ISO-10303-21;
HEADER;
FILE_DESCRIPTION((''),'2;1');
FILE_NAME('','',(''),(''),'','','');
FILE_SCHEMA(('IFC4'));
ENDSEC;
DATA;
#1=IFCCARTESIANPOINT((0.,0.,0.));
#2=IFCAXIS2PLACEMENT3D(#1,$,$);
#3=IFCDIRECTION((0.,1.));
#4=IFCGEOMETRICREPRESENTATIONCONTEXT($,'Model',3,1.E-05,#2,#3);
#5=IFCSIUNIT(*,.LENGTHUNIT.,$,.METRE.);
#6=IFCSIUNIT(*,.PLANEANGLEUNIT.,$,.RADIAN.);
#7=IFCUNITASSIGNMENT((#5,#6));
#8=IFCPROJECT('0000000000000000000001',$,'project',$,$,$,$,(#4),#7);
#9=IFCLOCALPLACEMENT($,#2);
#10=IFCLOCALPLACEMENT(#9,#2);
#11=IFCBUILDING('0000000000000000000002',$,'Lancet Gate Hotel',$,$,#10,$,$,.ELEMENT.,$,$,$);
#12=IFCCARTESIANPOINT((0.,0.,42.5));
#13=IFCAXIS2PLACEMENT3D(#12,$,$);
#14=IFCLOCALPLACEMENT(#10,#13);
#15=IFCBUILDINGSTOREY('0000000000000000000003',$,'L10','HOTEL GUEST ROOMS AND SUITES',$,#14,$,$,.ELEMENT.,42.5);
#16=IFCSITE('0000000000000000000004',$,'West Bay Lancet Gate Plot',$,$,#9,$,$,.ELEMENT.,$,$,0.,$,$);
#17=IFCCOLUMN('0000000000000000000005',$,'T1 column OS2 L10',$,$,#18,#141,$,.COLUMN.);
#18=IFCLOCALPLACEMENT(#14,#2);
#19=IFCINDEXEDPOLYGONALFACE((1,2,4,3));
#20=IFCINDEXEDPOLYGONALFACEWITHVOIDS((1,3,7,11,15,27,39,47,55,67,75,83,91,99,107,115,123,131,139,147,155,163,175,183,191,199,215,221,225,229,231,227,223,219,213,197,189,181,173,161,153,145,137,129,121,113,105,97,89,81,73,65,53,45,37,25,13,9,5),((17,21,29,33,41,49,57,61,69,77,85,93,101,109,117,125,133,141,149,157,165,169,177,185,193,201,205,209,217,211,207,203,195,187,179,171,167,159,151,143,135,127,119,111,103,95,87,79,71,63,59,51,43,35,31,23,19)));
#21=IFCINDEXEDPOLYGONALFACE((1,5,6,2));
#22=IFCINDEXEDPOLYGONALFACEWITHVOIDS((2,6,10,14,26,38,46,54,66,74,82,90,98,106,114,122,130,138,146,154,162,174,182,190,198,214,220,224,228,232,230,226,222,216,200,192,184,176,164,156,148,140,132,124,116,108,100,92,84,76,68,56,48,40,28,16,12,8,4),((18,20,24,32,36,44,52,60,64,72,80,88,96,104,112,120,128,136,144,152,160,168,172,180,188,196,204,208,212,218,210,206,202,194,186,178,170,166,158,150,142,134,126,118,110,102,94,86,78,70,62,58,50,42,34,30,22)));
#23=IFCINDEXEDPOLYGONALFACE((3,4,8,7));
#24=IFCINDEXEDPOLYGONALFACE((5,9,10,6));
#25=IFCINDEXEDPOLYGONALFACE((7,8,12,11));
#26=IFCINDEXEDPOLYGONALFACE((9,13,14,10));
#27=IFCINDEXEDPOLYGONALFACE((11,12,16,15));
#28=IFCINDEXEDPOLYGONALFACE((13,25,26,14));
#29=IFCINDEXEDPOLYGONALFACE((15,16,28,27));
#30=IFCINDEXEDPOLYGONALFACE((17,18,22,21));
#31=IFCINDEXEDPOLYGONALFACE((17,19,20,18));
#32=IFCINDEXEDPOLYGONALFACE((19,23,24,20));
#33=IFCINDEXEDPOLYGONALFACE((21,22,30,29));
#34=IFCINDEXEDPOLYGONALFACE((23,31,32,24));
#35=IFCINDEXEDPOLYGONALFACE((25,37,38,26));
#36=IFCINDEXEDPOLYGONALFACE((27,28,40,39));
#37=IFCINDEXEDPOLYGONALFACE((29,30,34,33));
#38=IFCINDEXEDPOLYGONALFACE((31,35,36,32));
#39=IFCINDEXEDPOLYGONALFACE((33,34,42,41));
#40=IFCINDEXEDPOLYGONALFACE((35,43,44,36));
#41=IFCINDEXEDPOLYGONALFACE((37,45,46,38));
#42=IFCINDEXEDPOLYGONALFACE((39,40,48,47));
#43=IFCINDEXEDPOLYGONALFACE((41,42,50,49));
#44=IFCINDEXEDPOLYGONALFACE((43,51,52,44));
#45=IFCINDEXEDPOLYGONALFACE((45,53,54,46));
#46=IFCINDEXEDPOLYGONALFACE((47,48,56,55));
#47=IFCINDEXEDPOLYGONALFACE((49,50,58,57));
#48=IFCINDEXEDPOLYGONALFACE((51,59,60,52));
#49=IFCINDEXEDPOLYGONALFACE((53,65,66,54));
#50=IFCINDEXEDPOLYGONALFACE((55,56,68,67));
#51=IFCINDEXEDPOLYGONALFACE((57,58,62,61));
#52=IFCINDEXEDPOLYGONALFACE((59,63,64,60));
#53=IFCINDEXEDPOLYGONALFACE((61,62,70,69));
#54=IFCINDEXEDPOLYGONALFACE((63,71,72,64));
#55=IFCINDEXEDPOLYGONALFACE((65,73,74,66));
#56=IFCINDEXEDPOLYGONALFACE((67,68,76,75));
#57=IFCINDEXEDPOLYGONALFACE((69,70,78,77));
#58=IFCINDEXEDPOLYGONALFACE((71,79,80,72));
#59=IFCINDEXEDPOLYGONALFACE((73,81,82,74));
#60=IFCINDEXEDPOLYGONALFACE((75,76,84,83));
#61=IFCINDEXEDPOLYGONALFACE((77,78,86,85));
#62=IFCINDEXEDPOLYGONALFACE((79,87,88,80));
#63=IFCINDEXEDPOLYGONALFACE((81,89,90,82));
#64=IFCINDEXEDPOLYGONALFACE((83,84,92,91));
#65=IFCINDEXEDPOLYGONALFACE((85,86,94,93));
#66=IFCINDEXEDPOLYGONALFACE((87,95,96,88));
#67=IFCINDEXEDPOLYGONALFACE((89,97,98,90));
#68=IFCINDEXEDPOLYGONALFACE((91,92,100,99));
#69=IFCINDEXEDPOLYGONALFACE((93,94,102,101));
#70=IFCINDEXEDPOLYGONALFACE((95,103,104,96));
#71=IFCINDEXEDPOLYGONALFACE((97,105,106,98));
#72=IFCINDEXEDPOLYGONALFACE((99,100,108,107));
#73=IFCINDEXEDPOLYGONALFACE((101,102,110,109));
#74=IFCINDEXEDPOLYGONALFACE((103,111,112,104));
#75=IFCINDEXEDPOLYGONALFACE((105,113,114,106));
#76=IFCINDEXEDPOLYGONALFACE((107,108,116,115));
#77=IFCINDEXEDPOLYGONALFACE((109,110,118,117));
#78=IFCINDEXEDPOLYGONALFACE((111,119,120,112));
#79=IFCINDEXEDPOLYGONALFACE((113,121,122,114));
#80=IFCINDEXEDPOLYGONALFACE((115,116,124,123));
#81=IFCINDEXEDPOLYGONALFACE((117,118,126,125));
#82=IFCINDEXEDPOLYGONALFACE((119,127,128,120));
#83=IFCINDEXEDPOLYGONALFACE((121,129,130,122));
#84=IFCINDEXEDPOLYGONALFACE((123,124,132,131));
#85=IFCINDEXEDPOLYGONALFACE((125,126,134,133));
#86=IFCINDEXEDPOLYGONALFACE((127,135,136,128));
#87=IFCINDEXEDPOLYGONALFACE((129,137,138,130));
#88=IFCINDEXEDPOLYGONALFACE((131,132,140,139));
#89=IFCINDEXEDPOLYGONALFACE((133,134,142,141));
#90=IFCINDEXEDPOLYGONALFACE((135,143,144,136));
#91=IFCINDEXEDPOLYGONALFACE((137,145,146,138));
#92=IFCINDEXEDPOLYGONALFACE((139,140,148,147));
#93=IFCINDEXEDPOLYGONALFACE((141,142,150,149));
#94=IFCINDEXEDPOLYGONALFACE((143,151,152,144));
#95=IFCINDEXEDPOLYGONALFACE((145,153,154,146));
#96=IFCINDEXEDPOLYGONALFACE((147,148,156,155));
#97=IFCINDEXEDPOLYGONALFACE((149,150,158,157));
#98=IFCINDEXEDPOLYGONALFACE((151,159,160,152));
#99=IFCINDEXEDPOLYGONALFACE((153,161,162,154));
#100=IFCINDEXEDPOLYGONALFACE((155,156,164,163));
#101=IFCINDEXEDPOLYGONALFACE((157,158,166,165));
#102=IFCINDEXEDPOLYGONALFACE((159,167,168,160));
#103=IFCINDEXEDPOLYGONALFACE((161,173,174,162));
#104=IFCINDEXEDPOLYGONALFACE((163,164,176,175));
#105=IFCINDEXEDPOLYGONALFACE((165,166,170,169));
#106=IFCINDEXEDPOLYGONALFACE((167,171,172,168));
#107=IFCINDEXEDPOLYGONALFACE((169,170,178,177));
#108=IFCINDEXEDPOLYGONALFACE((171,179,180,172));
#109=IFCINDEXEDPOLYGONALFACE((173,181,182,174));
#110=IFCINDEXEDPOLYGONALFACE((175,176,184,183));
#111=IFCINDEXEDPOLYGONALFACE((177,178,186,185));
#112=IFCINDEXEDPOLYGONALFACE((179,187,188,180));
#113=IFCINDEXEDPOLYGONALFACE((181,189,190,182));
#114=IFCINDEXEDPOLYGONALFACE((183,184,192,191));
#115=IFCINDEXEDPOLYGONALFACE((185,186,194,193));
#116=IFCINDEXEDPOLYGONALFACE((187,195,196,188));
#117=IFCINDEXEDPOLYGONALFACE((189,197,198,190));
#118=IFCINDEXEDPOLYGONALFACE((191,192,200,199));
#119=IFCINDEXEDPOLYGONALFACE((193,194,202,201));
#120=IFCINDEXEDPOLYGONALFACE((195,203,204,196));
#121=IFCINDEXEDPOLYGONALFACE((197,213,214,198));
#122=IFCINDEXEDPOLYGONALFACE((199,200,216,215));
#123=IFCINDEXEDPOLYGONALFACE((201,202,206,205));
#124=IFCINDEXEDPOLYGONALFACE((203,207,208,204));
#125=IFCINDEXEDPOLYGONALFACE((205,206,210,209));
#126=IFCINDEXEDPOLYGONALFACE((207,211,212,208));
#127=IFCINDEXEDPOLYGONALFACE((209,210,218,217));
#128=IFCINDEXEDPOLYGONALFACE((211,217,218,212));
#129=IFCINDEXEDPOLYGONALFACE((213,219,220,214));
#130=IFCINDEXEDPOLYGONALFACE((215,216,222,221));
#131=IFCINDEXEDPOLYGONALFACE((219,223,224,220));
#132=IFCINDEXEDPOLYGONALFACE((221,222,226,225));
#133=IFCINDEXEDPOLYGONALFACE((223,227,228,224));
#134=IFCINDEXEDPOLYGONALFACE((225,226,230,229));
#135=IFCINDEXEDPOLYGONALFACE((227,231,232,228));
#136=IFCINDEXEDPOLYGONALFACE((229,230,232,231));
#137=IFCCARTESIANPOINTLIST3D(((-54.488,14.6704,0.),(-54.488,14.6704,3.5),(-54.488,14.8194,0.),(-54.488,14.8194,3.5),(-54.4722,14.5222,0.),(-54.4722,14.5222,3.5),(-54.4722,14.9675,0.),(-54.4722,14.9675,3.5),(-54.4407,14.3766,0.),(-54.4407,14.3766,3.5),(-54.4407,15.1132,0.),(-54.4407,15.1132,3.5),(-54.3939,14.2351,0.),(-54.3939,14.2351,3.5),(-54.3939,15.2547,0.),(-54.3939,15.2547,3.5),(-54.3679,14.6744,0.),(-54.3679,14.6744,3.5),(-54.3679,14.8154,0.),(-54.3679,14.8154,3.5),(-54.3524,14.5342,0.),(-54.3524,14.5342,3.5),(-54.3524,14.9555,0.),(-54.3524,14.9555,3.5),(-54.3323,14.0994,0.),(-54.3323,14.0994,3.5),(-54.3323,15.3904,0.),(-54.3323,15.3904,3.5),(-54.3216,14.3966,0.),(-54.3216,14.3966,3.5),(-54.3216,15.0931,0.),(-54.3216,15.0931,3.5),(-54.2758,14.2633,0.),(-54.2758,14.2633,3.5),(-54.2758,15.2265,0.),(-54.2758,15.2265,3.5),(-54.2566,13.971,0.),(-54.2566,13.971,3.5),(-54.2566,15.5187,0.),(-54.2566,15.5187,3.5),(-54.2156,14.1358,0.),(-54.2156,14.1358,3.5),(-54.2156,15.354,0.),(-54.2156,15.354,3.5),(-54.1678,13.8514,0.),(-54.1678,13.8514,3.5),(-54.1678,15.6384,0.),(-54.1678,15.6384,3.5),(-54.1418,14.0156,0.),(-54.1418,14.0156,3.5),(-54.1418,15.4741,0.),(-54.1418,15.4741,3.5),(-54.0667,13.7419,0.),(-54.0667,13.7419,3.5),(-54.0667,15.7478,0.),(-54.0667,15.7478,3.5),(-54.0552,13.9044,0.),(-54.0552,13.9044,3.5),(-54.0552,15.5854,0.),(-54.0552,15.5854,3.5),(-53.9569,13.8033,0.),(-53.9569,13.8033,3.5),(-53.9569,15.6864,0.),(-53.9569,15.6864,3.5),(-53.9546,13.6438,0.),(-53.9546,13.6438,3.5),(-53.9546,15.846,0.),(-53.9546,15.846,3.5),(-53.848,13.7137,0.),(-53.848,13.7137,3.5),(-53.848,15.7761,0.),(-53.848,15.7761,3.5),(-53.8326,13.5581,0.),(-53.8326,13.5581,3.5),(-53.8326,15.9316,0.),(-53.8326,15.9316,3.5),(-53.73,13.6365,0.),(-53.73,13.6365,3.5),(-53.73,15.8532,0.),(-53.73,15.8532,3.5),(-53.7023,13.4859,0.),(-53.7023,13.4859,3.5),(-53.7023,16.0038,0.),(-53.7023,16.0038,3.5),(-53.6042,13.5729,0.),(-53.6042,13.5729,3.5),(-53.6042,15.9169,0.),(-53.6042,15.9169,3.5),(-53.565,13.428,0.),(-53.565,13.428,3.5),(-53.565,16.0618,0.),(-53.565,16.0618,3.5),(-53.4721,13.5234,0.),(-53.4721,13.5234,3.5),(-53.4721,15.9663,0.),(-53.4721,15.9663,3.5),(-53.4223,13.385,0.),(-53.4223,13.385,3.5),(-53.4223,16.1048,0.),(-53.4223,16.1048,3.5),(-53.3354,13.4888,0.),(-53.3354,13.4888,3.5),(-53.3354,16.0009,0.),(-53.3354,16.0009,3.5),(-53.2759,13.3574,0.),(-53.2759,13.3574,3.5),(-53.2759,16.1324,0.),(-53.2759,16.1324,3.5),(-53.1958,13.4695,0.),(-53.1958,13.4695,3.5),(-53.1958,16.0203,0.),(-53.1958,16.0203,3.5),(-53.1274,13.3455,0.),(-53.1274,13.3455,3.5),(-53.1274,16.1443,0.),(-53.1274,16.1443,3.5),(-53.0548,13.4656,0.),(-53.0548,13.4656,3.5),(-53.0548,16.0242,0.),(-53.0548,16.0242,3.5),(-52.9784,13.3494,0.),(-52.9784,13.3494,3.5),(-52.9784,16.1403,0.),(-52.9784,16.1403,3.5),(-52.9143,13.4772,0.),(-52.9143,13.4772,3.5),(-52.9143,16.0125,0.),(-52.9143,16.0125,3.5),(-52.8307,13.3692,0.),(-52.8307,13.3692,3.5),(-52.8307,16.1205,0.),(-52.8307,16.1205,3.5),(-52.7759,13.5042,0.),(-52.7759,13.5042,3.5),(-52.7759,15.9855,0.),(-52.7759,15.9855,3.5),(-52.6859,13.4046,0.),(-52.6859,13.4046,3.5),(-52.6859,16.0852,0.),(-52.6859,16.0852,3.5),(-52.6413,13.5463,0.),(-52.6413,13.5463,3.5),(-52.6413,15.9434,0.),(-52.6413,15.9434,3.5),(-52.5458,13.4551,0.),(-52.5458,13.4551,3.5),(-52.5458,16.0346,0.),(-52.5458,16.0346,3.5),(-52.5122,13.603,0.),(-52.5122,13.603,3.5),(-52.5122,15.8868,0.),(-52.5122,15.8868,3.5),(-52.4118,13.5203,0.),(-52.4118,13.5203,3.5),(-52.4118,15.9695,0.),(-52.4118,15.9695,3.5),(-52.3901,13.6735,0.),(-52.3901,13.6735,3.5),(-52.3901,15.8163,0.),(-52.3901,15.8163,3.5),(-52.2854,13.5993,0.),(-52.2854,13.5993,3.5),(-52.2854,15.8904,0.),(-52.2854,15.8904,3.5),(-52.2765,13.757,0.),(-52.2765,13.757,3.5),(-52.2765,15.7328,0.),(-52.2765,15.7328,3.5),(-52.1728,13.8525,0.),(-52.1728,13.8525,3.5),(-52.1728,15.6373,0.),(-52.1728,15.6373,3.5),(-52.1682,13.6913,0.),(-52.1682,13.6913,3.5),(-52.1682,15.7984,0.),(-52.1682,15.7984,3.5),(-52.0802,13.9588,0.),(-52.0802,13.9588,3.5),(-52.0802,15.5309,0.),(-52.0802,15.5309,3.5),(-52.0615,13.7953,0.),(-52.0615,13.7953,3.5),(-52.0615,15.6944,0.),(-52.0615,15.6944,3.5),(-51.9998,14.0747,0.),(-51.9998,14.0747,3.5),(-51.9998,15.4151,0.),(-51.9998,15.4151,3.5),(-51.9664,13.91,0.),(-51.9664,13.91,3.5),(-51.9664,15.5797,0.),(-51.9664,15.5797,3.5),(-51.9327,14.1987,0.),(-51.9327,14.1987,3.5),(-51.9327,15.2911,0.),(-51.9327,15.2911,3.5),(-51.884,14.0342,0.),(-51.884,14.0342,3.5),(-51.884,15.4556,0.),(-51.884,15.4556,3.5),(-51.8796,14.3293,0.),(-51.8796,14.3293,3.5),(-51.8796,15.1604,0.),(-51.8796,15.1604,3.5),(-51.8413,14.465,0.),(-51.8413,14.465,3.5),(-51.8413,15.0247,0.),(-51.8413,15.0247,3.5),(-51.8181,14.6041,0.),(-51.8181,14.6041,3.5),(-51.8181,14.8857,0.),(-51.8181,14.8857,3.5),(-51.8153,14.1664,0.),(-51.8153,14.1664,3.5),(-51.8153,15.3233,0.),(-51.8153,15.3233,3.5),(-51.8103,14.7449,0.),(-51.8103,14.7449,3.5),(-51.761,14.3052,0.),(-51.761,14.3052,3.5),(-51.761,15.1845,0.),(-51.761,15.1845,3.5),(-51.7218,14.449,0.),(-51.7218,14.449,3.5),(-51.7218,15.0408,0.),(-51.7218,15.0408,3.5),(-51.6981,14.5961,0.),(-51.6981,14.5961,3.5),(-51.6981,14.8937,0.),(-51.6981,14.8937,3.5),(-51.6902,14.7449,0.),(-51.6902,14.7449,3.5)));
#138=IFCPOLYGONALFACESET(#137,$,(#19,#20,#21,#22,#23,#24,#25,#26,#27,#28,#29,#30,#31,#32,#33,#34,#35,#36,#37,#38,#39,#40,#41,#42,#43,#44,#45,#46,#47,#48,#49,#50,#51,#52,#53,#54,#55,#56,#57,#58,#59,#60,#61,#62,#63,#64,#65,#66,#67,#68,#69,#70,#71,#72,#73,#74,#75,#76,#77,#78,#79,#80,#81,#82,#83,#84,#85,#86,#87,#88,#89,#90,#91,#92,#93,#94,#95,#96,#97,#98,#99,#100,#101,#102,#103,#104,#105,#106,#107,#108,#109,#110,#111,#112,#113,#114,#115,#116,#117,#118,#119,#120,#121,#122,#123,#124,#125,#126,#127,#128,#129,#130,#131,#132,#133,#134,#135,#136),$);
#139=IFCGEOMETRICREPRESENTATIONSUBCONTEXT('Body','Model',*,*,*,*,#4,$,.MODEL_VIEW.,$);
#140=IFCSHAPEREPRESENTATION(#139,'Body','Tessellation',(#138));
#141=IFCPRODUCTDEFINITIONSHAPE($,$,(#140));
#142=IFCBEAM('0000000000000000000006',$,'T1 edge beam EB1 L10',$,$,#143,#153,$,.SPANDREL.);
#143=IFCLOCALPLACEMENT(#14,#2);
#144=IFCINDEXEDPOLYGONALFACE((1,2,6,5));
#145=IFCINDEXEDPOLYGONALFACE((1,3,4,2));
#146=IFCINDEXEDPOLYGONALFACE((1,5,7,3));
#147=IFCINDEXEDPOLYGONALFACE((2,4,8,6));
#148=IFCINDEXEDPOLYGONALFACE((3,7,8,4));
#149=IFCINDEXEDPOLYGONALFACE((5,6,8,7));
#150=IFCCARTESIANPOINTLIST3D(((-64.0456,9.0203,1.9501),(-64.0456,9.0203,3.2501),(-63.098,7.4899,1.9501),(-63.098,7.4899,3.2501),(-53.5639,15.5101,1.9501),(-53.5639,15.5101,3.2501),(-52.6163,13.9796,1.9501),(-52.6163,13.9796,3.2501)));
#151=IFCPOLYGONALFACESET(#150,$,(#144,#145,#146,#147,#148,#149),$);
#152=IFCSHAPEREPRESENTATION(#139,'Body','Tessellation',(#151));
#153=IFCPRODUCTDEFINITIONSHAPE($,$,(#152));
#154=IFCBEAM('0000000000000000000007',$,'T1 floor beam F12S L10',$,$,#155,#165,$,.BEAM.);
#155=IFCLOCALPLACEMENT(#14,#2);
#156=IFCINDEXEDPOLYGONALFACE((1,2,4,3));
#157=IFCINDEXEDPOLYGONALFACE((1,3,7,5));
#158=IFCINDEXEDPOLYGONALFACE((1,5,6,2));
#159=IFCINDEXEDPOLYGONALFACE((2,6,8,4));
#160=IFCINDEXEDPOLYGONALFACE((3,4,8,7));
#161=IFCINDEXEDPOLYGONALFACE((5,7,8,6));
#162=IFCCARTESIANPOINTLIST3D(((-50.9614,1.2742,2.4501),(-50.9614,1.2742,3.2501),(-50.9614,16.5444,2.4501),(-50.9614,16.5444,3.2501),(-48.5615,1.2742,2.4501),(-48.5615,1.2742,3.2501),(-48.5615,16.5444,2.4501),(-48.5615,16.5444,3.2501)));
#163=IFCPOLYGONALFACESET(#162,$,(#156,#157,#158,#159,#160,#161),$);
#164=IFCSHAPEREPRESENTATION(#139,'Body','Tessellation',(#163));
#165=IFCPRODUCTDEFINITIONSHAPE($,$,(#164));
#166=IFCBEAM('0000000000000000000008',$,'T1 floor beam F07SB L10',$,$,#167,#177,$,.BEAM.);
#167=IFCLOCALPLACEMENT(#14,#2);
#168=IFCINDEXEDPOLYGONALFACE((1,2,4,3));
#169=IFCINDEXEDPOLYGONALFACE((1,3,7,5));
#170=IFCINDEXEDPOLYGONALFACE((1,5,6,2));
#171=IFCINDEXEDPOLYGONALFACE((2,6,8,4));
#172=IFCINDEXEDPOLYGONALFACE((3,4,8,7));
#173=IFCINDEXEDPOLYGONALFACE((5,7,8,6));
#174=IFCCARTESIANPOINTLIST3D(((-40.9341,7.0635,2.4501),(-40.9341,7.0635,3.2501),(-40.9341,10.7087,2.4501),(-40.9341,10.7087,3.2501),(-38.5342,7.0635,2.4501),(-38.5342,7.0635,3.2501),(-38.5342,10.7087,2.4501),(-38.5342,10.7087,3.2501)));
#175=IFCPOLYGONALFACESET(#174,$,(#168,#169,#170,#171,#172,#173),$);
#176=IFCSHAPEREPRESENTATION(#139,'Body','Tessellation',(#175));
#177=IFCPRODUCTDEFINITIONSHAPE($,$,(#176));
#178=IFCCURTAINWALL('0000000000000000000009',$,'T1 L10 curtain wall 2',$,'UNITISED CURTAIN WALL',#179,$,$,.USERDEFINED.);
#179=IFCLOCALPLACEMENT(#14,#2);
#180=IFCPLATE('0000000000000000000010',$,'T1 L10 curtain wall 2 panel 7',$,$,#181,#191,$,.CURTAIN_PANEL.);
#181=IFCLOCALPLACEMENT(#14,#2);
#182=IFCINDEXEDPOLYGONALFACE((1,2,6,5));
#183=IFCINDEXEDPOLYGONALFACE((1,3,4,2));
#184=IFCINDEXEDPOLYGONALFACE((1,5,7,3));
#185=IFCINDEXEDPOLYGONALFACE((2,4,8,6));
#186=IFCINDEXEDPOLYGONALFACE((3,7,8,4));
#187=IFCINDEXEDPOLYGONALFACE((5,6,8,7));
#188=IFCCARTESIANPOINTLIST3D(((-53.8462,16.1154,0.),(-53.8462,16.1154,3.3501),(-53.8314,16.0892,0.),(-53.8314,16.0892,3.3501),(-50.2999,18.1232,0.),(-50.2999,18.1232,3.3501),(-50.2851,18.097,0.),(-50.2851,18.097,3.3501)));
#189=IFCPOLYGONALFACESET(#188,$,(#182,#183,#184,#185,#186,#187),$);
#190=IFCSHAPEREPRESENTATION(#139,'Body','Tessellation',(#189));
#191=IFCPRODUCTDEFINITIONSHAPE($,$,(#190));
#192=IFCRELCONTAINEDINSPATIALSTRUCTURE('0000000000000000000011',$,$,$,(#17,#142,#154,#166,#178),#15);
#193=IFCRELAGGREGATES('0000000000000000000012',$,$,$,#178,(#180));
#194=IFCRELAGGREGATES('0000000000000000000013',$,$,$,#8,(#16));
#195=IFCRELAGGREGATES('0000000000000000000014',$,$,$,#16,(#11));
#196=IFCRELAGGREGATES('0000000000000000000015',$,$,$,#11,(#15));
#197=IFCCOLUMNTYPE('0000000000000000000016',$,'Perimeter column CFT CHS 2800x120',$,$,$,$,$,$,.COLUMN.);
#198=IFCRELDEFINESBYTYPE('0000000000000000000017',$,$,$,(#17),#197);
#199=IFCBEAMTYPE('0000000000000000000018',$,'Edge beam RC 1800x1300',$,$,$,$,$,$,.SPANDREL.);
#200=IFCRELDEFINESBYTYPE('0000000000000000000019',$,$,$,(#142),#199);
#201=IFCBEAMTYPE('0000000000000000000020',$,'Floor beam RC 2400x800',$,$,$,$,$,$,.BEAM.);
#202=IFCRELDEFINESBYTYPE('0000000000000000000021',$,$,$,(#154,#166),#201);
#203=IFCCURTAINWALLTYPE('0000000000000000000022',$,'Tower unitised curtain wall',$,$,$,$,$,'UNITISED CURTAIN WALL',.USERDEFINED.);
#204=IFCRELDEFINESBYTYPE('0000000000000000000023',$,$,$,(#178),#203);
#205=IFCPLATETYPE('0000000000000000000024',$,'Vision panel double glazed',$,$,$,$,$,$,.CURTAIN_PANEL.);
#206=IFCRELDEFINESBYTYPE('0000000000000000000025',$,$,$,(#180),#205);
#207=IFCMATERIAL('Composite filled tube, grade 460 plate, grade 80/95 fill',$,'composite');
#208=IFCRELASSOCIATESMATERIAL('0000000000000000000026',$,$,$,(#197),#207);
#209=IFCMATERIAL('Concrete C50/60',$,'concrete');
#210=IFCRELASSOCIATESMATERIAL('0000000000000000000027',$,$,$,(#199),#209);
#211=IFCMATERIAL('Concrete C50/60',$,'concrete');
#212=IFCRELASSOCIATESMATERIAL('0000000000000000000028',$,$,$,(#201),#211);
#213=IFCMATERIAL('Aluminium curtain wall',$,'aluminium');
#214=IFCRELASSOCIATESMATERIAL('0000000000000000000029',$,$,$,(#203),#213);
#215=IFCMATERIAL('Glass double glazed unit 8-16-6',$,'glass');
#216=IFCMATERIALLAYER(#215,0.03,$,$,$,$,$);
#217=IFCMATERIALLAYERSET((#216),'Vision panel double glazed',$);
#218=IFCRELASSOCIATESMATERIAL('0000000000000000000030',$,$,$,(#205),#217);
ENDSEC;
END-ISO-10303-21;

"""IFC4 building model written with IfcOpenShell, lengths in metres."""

from ifc_helpers import new_model, si_unit, direction, frame, origin, origin_2d, place, context, subcontext, project, spatial, rectangle, hollow_circle, extrude, material, layer, layer_set, material_profile, profile_set, type_object, element, aggregate, save


model = new_model("IFC4")

# Units and contexts
model_context = context("Model", 3, precision=1e-05, world=origin(), true_north=direction((0.0, 1.0)))
body_context = subcontext(model_context, "Body", "Model", "MODEL_VIEW")
ifc_project = project(units=[si_unit("LENGTHUNIT", "METRE"), si_unit("PLANEANGLEUNIT", "RADIAN")], contexts=[model_context])

# Site, building, storey
site_placement = place(None, origin())
site = spatial("IfcSite", under=ifc_project, at=site_placement, Name="West Bay Lancet Gate Plot", CompositionType="ELEMENT", RefElevation=0.0)
building_placement = place(site_placement, origin())
building = spatial("IfcBuilding", under=site, at=building_placement, Name="Lancet Gate Hotel", CompositionType="ELEMENT")
storey_placement = place(building_placement, frame((0.0, 0.0, 42.5)))
storey = spatial("IfcBuildingStorey", under=building, at=storey_placement, Name="L10", Description="HOTEL GUEST ROOMS AND SUITES", CompositionType="ELEMENT", Elevation=42.5)

# Column
ifc_material_1 = material(Name="Composite filled tube, grade 460 plate, grade 80/95 fill", Category="composite")
ifc_material_profile_1 = material_profile(ifc_material_1, hollow_circle(Radius=1.3999, WallThickness=0.1201, at=origin_2d()), Name="CHS 2800x120")
ifc_profile_set_1 = profile_set([ifc_material_profile_1], Name="Composite filled tube, grade 460 plate, grade 80/95 fill")
column_type = type_object("IfcColumnType", Name="Perimeter column CFT CHS 2800x120", PredefinedType="COLUMN", material=ifc_profile_set_1)
column_placement = place(storey_placement, frame((-53.0901, 14.7449, 0.0), z_axis=(0.0, 0.0, 1.0), x_axis=(1.0, 0.0, 0.0)))
element("IfcColumn", 1, at=column_placement, inside=storey, type_object=column_type, Name="T1 column OS2 L10", PredefinedType="COLUMN", context=body_context, shape_type="SweptSolid", body=[
    extrude(hollow_circle(Radius=1.3999, WallThickness=0.1201, at=origin_2d()), origin(), (0.0, 0.0, 1.0), 3.5),
])

# Beams
ifc_material_2 = material(Name="Concrete C50/60", Category="concrete")
ifc_material_profile_2 = material_profile(ifc_material_2, rectangle(XDim=1.8, YDim=1.3, at=origin_2d()), Name="RC 1800x1300")
ifc_profile_set_2 = profile_set([ifc_material_profile_2], Name="Concrete C50/60")
beam_type_1 = type_object("IfcBeamType", Name="Edge beam RC 1800x1300", PredefinedType="SPANDREL", material=ifc_profile_set_2)
beam_1_placement = place(storey_placement, frame((-53.0901, 14.7449, 2.6001), z_axis=(-0.850226, -0.526418, 0.0), x_axis=(0.526418, -0.850226, 0.0)))
element("IfcBeam", 2, at=beam_1_placement, inside=storey, type_object=beam_type_1, Name="T1 edge beam EB1 L10", PredefinedType="SPANDREL", context=body_context, shape_type="SweptSolid", body=[
    extrude(rectangle(XDim=1.8, YDim=1.3, at=origin_2d()), origin(), (0.0, 0.0, 1.0), 12.3281),
])
ifc_material_3 = material(Name="Concrete C50/60", Category="concrete")
ifc_material_profile_3 = material_profile(ifc_material_3, rectangle(XDim=2.3999, YDim=0.8, at=origin_2d()), Name="RC 2400x800")
ifc_profile_set_3 = profile_set([ifc_material_profile_3], Name="Concrete C50/60")
beam_type_2 = type_object("IfcBeamType", Name="Floor beam RC 2400x800", PredefinedType="BEAM", material=ifc_profile_set_3)
beam_2_placement = place(storey_placement, frame((-49.7615, 16.5444, 2.8501), z_axis=(0.0, -1.0, 0.0), x_axis=(1.0, 0.0, 0.0)))
element("IfcBeam", 3, at=beam_2_placement, inside=storey, type_object=beam_type_2, Name="T1 floor beam F12S L10", PredefinedType="BEAM", context=body_context, shape_type="SweptSolid", body=[
    extrude(rectangle(XDim=2.3999, YDim=0.8, at=origin_2d()), origin(), (0.0, 0.0, 1.0), 15.2703),
])
beam_3_placement = place(storey_placement, frame((-39.7341, 10.7087, 2.8501), z_axis=(0.0, -1.0, 0.0), x_axis=(1.0, 0.0, 0.0)))
element("IfcBeam", 4, at=beam_3_placement, inside=storey, type_object=beam_type_2, Name="T1 floor beam F07SB L10", PredefinedType="BEAM", context=body_context, shape_type="SweptSolid", body=[
    extrude(rectangle(XDim=2.3999, YDim=0.8, at=origin_2d()), origin(), (0.0, 0.0, 1.0), 3.6453),
])

# Curtain wall, plate
ifc_material_4 = material(Name="Aluminium curtain wall", Category="aluminium")
curtain_wall_type = type_object("IfcCurtainWallType", Name="Tower unitised curtain wall", ElementType="UNITISED CURTAIN WALL", PredefinedType="USERDEFINED", material=ifc_material_4)
curtain_wall_placement = place(storey_placement, origin())
curtain_wall = element("IfcCurtainWall", 5, at=curtain_wall_placement, inside=storey, type_object=curtain_wall_type, Name="T1 L10 curtain wall 2", ObjectType="UNITISED CURTAIN WALL", PredefinedType="USERDEFINED")
ifc_material_5 = material(Name="Glass double glazed unit 8-16-6", Category="glass")
ifc_layer_1 = layer(ifc_material_5, 0.03)
ifc_layer_set_1 = layer_set([ifc_layer_1], Name="Vision panel double glazed")
plate_type = type_object("IfcPlateType", Name="Vision panel double glazed", PredefinedType="CURTAIN_PANEL", material=ifc_layer_set_1)
plate_placement = place(storey_placement, frame((-52.0657, 17.1062, 0.0), z_axis=(0.0, 0.0, 1.0), x_axis=(-0.870205, -0.49269, 0.0)))
plate = element("IfcPlate", 6, at=plate_placement, type_object=plate_type, Name="T1 L10 curtain wall 2 panel 7", PredefinedType="CURTAIN_PANEL", context=body_context, shape_type="SweptSolid", body=[
    extrude(rectangle(XDim=4.0752, YDim=0.03, at=origin_2d()), origin(), (0.0, 0.0, 1.0), 3.3501),
])
aggregate(curtain_wall, [plate])

save(model, "model.ifc")
